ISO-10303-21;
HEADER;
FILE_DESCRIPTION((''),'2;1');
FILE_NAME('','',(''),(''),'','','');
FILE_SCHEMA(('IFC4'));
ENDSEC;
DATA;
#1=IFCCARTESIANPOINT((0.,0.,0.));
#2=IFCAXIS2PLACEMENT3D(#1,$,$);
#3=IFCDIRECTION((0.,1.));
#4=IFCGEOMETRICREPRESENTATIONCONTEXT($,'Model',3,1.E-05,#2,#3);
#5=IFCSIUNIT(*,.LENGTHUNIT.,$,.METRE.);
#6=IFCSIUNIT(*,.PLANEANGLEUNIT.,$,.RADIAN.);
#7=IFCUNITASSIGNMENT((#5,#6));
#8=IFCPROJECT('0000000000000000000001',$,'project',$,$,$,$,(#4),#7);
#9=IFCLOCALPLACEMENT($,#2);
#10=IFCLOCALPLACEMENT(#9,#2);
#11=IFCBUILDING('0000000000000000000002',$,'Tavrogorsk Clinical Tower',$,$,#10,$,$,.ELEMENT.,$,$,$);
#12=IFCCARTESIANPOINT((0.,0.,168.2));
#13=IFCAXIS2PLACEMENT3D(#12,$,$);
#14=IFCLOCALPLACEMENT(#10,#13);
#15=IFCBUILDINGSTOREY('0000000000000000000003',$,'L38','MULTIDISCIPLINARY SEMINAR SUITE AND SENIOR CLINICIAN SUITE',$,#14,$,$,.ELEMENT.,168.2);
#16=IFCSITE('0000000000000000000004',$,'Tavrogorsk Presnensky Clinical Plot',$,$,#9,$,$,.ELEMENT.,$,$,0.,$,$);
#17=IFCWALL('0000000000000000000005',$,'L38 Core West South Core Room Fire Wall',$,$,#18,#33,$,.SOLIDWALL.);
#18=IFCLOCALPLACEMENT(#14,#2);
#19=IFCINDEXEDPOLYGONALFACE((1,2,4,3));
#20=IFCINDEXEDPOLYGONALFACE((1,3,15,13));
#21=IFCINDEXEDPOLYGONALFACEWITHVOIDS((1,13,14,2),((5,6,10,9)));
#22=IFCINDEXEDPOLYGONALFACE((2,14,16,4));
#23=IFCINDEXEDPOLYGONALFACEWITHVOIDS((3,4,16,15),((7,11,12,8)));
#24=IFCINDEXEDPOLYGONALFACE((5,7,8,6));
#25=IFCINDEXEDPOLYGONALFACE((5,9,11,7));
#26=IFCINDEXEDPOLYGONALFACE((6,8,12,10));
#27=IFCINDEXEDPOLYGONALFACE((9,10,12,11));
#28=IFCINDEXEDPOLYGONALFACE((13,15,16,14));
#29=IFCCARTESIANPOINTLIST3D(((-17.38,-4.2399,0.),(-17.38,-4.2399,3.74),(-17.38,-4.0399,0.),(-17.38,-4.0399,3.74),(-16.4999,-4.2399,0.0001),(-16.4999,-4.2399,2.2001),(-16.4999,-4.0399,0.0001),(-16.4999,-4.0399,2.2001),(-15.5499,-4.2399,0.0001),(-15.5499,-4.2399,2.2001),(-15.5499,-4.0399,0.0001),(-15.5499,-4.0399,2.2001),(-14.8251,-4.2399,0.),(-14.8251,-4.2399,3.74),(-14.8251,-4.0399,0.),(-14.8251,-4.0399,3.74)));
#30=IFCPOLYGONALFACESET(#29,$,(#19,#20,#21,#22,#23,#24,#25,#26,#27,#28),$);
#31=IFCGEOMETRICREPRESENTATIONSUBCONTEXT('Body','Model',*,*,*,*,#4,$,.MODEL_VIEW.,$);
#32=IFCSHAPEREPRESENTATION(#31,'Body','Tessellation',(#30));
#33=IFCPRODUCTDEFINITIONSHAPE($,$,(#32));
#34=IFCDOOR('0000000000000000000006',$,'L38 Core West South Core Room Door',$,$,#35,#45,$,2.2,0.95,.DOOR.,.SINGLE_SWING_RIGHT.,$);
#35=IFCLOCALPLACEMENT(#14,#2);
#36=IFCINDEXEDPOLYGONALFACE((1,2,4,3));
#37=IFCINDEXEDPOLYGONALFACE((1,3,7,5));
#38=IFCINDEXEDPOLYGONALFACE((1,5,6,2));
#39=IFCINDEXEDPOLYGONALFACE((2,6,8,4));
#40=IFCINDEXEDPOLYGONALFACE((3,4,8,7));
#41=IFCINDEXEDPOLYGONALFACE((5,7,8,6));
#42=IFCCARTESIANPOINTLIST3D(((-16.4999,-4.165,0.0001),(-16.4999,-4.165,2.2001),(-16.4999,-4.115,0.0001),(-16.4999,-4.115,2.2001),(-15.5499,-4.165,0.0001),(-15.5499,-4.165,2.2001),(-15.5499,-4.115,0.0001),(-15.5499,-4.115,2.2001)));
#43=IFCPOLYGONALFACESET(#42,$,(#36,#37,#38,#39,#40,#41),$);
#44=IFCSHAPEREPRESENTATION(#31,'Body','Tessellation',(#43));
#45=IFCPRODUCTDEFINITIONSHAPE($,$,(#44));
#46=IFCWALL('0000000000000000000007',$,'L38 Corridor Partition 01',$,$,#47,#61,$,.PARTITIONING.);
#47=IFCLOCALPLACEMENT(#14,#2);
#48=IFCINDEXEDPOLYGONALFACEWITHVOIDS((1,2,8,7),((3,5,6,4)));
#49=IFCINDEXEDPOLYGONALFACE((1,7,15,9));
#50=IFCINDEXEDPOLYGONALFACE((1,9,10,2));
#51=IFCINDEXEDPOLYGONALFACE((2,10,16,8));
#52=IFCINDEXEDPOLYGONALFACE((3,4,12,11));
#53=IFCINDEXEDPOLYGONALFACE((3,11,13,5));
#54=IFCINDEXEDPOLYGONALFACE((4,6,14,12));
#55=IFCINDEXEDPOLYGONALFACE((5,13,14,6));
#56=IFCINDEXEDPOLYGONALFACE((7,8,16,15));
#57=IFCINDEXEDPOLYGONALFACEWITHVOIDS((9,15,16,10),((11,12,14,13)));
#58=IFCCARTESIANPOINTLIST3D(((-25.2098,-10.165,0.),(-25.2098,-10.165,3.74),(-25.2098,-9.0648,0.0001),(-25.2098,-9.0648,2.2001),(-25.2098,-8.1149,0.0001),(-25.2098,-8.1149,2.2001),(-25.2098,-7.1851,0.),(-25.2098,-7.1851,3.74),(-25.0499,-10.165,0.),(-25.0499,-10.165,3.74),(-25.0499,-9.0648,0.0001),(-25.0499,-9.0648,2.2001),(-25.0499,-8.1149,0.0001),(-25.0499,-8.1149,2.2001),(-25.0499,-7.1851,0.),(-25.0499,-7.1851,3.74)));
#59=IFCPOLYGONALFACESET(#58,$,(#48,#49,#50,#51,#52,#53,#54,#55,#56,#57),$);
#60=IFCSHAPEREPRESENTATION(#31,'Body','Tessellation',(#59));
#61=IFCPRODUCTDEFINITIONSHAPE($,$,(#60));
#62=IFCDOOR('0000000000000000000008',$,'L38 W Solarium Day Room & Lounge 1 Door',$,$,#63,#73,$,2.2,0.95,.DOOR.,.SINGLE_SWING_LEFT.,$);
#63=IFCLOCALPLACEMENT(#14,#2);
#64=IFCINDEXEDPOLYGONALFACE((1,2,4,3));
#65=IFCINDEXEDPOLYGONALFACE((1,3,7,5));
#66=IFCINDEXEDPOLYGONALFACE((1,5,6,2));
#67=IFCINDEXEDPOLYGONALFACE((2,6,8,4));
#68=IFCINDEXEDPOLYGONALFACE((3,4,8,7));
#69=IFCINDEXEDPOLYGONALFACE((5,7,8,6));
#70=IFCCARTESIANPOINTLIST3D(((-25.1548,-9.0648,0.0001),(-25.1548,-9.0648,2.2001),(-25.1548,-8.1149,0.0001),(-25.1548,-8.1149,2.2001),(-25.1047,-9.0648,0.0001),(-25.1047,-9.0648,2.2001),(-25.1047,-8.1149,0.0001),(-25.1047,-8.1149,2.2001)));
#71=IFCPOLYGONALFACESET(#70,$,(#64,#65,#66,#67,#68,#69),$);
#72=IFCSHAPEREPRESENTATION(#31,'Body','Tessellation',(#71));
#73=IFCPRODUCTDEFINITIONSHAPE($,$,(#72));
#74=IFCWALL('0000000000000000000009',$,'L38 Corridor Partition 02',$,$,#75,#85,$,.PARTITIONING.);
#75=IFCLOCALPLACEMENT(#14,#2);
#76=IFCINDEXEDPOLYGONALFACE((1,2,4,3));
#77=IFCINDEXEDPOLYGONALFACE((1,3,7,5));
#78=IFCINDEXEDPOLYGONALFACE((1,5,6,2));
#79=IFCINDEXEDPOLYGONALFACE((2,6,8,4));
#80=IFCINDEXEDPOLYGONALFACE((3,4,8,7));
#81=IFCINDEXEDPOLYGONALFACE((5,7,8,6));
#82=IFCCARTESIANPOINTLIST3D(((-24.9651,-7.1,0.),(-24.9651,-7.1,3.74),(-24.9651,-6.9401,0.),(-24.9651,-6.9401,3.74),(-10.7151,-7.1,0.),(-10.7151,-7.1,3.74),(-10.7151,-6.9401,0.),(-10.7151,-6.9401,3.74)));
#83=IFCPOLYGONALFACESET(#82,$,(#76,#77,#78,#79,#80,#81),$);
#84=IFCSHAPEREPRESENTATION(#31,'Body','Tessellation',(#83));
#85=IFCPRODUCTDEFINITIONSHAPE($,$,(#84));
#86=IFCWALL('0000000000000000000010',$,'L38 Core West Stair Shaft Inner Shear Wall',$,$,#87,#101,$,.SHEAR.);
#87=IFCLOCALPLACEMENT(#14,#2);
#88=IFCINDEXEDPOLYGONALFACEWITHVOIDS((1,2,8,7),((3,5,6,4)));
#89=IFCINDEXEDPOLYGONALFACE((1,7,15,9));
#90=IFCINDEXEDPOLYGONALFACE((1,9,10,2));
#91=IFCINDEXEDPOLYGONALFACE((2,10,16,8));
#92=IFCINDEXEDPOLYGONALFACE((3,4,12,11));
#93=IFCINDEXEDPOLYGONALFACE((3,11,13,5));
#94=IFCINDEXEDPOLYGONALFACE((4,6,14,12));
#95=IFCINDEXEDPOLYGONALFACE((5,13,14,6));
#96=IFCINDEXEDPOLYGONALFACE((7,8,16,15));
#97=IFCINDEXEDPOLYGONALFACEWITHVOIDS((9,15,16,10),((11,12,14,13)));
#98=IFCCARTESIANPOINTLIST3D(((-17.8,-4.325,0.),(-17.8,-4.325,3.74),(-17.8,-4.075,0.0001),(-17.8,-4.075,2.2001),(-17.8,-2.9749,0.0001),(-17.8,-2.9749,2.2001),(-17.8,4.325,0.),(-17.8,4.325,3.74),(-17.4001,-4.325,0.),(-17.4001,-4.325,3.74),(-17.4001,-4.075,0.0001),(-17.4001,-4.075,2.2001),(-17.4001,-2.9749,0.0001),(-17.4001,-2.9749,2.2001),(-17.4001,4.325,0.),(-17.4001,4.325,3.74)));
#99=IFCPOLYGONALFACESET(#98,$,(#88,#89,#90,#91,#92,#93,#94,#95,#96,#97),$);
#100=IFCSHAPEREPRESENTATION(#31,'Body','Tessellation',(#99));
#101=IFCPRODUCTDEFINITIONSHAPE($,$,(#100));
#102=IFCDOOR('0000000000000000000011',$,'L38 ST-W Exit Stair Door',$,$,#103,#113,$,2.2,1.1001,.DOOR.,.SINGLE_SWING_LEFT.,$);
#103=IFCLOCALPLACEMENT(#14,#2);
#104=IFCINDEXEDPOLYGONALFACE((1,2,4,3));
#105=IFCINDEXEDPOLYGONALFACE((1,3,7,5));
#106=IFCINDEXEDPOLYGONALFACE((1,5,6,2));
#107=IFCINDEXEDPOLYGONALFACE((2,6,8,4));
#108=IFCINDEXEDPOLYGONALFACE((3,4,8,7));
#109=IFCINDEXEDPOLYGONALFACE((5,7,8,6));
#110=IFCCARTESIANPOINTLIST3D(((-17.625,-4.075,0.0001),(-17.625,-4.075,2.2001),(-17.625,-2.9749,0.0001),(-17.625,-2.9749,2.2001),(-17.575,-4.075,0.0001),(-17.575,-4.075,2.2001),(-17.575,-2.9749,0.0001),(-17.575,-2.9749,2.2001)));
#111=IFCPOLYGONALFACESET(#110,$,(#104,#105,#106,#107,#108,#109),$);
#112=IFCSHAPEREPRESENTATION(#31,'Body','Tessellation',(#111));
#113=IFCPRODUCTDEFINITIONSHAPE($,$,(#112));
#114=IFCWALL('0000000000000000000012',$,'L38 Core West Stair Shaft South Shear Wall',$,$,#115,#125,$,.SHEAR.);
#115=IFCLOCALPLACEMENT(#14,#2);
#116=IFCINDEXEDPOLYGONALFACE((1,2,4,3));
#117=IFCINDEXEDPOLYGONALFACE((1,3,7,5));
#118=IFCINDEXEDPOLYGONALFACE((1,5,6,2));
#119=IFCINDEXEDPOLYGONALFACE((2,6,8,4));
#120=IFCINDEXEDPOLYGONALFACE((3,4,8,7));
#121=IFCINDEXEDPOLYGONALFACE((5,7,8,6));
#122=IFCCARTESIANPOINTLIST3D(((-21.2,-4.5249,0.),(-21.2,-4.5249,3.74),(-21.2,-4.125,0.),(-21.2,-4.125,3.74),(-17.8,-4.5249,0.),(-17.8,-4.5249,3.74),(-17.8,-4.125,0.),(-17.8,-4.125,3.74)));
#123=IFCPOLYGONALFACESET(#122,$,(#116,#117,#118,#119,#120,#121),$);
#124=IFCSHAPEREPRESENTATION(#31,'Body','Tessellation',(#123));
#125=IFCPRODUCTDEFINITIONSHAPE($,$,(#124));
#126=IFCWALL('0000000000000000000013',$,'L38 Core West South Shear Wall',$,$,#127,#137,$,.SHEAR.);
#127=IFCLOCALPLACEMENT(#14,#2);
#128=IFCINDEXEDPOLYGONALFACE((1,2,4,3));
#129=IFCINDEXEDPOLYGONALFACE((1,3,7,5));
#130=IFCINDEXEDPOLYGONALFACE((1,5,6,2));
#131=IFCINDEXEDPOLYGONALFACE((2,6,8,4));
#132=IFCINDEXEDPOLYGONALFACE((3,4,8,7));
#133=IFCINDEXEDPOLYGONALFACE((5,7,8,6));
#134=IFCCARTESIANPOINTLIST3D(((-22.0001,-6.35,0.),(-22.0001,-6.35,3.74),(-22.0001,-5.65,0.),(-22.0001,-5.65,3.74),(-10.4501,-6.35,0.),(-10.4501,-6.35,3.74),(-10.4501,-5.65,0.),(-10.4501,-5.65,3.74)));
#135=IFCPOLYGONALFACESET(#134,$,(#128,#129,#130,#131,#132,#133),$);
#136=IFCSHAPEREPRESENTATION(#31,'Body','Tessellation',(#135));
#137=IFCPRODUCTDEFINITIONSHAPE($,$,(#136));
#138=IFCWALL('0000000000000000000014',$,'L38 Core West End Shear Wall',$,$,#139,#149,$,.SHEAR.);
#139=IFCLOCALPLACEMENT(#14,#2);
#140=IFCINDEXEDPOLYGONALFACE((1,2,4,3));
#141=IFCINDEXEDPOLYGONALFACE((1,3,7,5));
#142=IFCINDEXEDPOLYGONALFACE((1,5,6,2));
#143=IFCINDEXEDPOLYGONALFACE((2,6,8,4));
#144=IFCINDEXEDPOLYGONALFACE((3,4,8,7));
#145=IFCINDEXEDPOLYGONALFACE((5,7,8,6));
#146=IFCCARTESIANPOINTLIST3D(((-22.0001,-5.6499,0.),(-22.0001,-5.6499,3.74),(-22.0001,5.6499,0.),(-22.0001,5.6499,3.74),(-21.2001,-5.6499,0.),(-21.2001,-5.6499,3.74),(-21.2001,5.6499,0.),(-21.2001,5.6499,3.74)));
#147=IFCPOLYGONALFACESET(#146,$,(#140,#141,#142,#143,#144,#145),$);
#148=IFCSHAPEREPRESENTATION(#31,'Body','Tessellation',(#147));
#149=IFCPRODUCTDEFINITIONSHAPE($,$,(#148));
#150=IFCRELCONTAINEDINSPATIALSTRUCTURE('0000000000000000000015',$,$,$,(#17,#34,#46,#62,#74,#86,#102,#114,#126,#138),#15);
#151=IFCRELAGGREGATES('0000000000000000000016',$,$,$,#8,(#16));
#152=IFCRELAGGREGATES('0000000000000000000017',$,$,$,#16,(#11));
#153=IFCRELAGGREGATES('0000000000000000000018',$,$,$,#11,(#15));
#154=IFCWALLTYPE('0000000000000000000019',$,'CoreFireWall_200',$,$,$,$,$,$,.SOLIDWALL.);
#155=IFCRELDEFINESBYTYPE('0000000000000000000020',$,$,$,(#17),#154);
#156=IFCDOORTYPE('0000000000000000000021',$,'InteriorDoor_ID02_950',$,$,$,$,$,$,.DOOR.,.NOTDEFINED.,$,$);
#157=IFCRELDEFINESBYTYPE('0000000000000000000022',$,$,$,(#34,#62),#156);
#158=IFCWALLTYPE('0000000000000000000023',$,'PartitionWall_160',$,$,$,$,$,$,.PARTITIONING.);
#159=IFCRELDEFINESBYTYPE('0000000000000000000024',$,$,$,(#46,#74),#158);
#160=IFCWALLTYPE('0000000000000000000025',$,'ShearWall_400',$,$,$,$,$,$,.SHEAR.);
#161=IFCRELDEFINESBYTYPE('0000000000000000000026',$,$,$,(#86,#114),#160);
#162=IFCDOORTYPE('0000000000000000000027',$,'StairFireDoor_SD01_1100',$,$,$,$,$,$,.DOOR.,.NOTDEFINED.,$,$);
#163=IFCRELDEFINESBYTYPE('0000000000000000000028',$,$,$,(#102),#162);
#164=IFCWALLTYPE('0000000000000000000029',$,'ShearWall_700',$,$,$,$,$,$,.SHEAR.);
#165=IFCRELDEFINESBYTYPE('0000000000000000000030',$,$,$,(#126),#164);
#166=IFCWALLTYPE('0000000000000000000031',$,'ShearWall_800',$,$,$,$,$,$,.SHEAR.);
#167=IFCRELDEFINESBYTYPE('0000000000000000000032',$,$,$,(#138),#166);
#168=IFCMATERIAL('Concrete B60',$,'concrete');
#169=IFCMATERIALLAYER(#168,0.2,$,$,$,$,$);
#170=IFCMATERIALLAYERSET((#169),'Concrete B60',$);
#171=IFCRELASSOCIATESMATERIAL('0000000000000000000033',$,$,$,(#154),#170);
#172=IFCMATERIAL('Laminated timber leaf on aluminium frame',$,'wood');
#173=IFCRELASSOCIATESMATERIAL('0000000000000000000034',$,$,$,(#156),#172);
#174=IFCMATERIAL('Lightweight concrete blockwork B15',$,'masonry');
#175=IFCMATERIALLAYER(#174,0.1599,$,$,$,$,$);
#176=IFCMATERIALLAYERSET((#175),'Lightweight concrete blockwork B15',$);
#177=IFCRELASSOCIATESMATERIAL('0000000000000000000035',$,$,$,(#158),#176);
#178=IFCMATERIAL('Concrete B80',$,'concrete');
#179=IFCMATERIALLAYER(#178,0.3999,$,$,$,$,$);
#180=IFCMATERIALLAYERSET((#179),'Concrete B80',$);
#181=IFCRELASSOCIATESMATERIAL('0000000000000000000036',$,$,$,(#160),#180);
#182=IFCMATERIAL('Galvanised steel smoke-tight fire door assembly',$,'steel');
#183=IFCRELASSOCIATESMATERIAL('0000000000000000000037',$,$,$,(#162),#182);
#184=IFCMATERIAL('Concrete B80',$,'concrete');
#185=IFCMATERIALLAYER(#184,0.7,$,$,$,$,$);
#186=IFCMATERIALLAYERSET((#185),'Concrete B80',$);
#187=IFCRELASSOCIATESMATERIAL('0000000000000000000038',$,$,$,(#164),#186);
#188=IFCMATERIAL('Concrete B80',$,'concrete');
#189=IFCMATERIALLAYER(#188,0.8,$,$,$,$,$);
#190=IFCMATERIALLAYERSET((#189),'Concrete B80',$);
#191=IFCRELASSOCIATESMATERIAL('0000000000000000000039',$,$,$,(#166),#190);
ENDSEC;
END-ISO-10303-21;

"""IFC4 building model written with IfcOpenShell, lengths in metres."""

from ifc_helpers import new_model, si_unit, direction, frame, frame_2d, origin, place, context, subcontext, project, spatial, rectangle, extrude, material, layer, layer_set, type_object, element, fill, save


model = new_model("IFC4")

# Units and contexts
model_context = context("Model", 3, precision=1e-05, world=origin(), true_north=direction((0.0, 1.0)))
body_context = subcontext(model_context, "Body", "Model", "MODEL_VIEW")
ifc_project = project(units=[si_unit("LENGTHUNIT", "METRE"), si_unit("PLANEANGLEUNIT", "RADIAN")], contexts=[model_context])

# Site, building, storey
site_placement = place(None, origin())
site = spatial("IfcSite", under=ifc_project, at=site_placement, Name="Tavrogorsk Presnensky Clinical Plot", CompositionType="ELEMENT", RefElevation=0.0)
building_placement = place(site_placement, origin())
building = spatial("IfcBuilding", under=site, at=building_placement, Name="Tavrogorsk Clinical Tower", CompositionType="ELEMENT")
storey_placement = place(building_placement, frame((0.0, 0.0, 168.2)))
storey = spatial("IfcBuildingStorey", under=building, at=storey_placement, Name="L38", Description="MULTIDISCIPLINARY SEMINAR SUITE AND SENIOR CLINICIAN SUITE", CompositionType="ELEMENT", Elevation=168.2)

# Walls, openings, doors
ifc_material_1 = material(Name="Concrete B60", Category="concrete")
ifc_layer_1 = layer(ifc_material_1, 0.2)
ifc_layer_set_1 = layer_set([ifc_layer_1], Name="Concrete B60")
wall_type_1 = type_object("IfcWallType", Name="CoreFireWall_200", PredefinedType="SOLIDWALL", material=ifc_layer_set_1)
wall_1_placement = place(storey_placement, frame((-17.3799, -4.1399, 0.0), z_axis=(0.0, 0.0, 1.0), x_axis=(1.0, 0.0, 0.0)))
wall_1 = element("IfcWall", 1, at=wall_1_placement, inside=storey, type_object=wall_type_1, Name="L38 Core West South Core Room Fire Wall", PredefinedType="SOLIDWALL", context=body_context, shape_type="SweptSolid", body=[
    extrude(rectangle(XDim=2.5549, YDim=0.2, at=frame_2d((1.2773, 0.0))), origin(), (0.0, 0.0, 1.0), 3.74),
])
opening_1_placement = place(wall_1_placement, frame((0.8799, 0.0, 0.0)))
opening_1 = element("IfcOpeningElement", 2, at=opening_1_placement, cuts=wall_1, PredefinedType="OPENING", context=body_context, shape_type="SweptSolid", body=[
    extrude(rectangle(XDim=0.95, YDim=2.2, at=frame_2d((0.4751, 1.1001))), frame((0.0, 0.1099, 0.0), z_axis=(0.0, -1.0, 0.0), x_axis=(1.0, 0.0, 0.0)), (0.0, 0.0, 1.0), 0.22),
])
ifc_material_2 = material(Name="Laminated timber leaf on aluminium frame", Category="wood")
door_type_1 = type_object("IfcDoorType", Name="InteriorDoor_ID02_950", OperationType="NOTDEFINED", PredefinedType="DOOR", material=ifc_material_2)
door_1_placement = place(opening_1_placement, origin())
door_1 = element("IfcDoor", 3, at=door_1_placement, inside=storey, type_object=door_type_1, Name="L38 Core West South Core Room Door", OperationType="SINGLE_SWING_RIGHT", OverallHeight=2.2, OverallWidth=0.95, PredefinedType="DOOR", context=body_context, shape_type="SweptSolid", body=[
    extrude(rectangle(XDim=0.95, YDim=2.2, at=frame_2d((0.4751, 1.1001))), frame((0.0, 0.0249, 0.0), z_axis=(0.0, -1.0, 0.0), x_axis=(1.0, 0.0, 0.0)), (0.0, 0.0, 1.0), 0.05),
])
fill(opening_1, door_1)
ifc_material_3 = material(Name="Lightweight concrete blockwork B15", Category="masonry")
ifc_layer_2 = layer(ifc_material_3, 0.1599)
ifc_layer_set_2 = layer_set([ifc_layer_2], Name="Lightweight concrete blockwork B15")
wall_type_2 = type_object("IfcWallType", Name="PartitionWall_160", PredefinedType="PARTITIONING", material=ifc_layer_set_2)
wall_2_placement = place(storey_placement, frame((-25.1299, -10.165, 0.0), z_axis=(0.0, 0.0, 1.0), x_axis=(0.0, 1.0, 0.0)))
wall_2 = element("IfcWall", 4, at=wall_2_placement, inside=storey, type_object=wall_type_2, Name="L38 Corridor Partition 01", PredefinedType="PARTITIONING", context=body_context, shape_type="SweptSolid", body=[
    extrude(rectangle(XDim=2.98, YDim=0.1599, at=frame_2d((1.49, 0.0))), origin(), (0.0, 0.0, 1.0), 3.74),
])
opening_2_placement = place(wall_2_placement, frame((1.1001, 0.0, 0.0)))
opening_2 = element("IfcOpeningElement", 5, at=opening_2_placement, cuts=wall_2, PredefinedType="OPENING", context=body_context, shape_type="SweptSolid", body=[
    extrude(rectangle(XDim=0.95, YDim=2.2, at=frame_2d((0.4751, 1.1001))), frame((0.0, 0.0898, 0.0), z_axis=(0.0, -1.0, 0.0), x_axis=(1.0, 0.0, 0.0)), (0.0, 0.0, 1.0), 0.1799),
])
door_2_placement = place(opening_2_placement, origin())
door_2 = element("IfcDoor", 6, at=door_2_placement, inside=storey, type_object=door_type_1, Name="L38 W Solarium Day Room & Lounge 1 Door", OperationType="SINGLE_SWING_LEFT", OverallHeight=2.2, OverallWidth=0.95, PredefinedType="DOOR", context=body_context, shape_type="SweptSolid", body=[
    extrude(rectangle(XDim=0.95, YDim=2.2, at=frame_2d((0.4751, 1.1001))), frame((0.0, 0.0249, 0.0), z_axis=(0.0, -1.0, 0.0), x_axis=(1.0, 0.0, 0.0)), (0.0, 0.0, 1.0), 0.05),
])
fill(opening_2, door_2)

# Wall
wall_3_placement = place(storey_placement, frame((-24.9651, -7.02, 0.0), z_axis=(0.0, 0.0, 1.0), x_axis=(1.0, 0.0, 0.0)))
element("IfcWall", 7, at=wall_3_placement, inside=storey, type_object=wall_type_2, Name="L38 Corridor Partition 02", PredefinedType="PARTITIONING", context=body_context, shape_type="SweptSolid", body=[
    extrude(rectangle(XDim=14.25, YDim=0.1599, at=frame_2d((7.125, 0.0))), origin(), (0.0, 0.0, 1.0), 3.74),
])

# Wall, opening, door
ifc_material_4 = material(Name="Concrete B80", Category="concrete")
ifc_layer_3 = layer(ifc_material_4, 0.3999)
ifc_layer_set_3 = layer_set([ifc_layer_3], Name="Concrete B80")
wall_type_3 = type_object("IfcWallType", Name="ShearWall_400", PredefinedType="SHEAR", material=ifc_layer_set_3)
wall_4_placement = place(storey_placement, frame((-17.6001, -4.325, 0.0), z_axis=(0.0, 0.0, 1.0), x_axis=(0.0, 1.0, 0.0)))
wall_4 = element("IfcWall", 8, at=wall_4_placement, inside=storey, type_object=wall_type_3, Name="L38 Core West Stair Shaft Inner Shear Wall", PredefinedType="SHEAR", context=body_context, shape_type="SweptSolid", body=[
    extrude(rectangle(XDim=8.6499, YDim=0.3999, at=frame_2d((4.325, 0.0))), origin(), (0.0, 0.0, 1.0), 3.74),
])
opening_3_placement = place(wall_4_placement, frame((0.25, 0.0, 0.0)))
opening_3 = element("IfcOpeningElement", 9, at=opening_3_placement, cuts=wall_4, PredefinedType="OPENING", context=body_context, shape_type="SweptSolid", body=[
    extrude(rectangle(XDim=1.1001, YDim=2.2, at=frame_2d((0.55, 1.1001))), frame((0.0, 0.21, 0.0), z_axis=(0.0, -1.0, 0.0), x_axis=(1.0, 0.0, 0.0)), (0.0, 0.0, 1.0), 0.4199),
])
ifc_material_5 = material(Name="Galvanised steel smoke-tight fire door assembly", Category="steel")
door_type_2 = type_object("IfcDoorType", Name="StairFireDoor_SD01_1100", OperationType="NOTDEFINED", PredefinedType="DOOR", material=ifc_material_5)
door_3_placement = place(opening_3_placement, origin())
door_3 = element("IfcDoor", 10, at=door_3_placement, inside=storey, type_object=door_type_2, Name="L38 ST-W Exit Stair Door", OperationType="SINGLE_SWING_LEFT", OverallHeight=2.2, OverallWidth=1.1001, PredefinedType="DOOR", context=body_context, shape_type="SweptSolid", body=[
    extrude(rectangle(XDim=1.1001, YDim=2.2, at=frame_2d((0.55, 1.1001))), frame((0.0, 0.0249, 0.0), z_axis=(0.0, -1.0, 0.0), x_axis=(1.0, 0.0, 0.0)), (0.0, 0.0, 1.0), 0.05),
])
fill(opening_3, door_3)

# Walls
wall_5_placement = place(storey_placement, frame((-21.2, -4.325, 0.0), z_axis=(0.0, 0.0, 1.0), x_axis=(1.0, 0.0, 0.0)))
element("IfcWall", 11, at=wall_5_placement, inside=storey, type_object=wall_type_3, Name="L38 Core West Stair Shaft South Shear Wall", PredefinedType="SHEAR", context=body_context, shape_type="SweptSolid", body=[
    extrude(rectangle(XDim=3.3999, YDim=0.3999, at=frame_2d((1.7, 0.0))), origin(), (0.0, 0.0, 1.0), 3.74),
])
ifc_material_6 = material(Name="Concrete B80", Category="concrete")
ifc_layer_4 = layer(ifc_material_6, 0.7)
ifc_layer_set_4 = layer_set([ifc_layer_4], Name="Concrete B80")
wall_type_4 = type_object("IfcWallType", Name="ShearWall_700", PredefinedType="SHEAR", material=ifc_layer_set_4)
wall_6_placement = place(storey_placement, frame((-22.0, -6.0, 0.0), z_axis=(0.0, 0.0, 1.0), x_axis=(1.0, 0.0, 0.0)))
element("IfcWall", 12, at=wall_6_placement, inside=storey, type_object=wall_type_4, Name="L38 Core West South Shear Wall", PredefinedType="SHEAR", context=body_context, shape_type="SweptSolid", body=[
    extrude(rectangle(XDim=11.55, YDim=0.7, at=frame_2d((5.7749, 0.0))), origin(), (0.0, 0.0, 1.0), 3.74),
])
ifc_material_7 = material(Name="Concrete B80", Category="concrete")
ifc_layer_5 = layer(ifc_material_7, 0.8)
ifc_layer_set_5 = layer_set([ifc_layer_5], Name="Concrete B80")
wall_type_5 = type_object("IfcWallType", Name="ShearWall_800", PredefinedType="SHEAR", material=ifc_layer_set_5)
wall_7_placement = place(storey_placement, frame((-21.6001, -5.6499, 0.0), z_axis=(0.0, 0.0, 1.0), x_axis=(0.0, 1.0, 0.0)))
element("IfcWall", 13, at=wall_7_placement, inside=storey, type_object=wall_type_5, Name="L38 Core West End Shear Wall", PredefinedType="SHEAR", context=body_context, shape_type="SweptSolid", body=[
    extrude(rectangle(XDim=11.2998, YDim=0.8, at=frame_2d((5.6499, 0.0))), origin(), (0.0, 0.0, 1.0), 3.74),
])

save(model, "model.ifc")
